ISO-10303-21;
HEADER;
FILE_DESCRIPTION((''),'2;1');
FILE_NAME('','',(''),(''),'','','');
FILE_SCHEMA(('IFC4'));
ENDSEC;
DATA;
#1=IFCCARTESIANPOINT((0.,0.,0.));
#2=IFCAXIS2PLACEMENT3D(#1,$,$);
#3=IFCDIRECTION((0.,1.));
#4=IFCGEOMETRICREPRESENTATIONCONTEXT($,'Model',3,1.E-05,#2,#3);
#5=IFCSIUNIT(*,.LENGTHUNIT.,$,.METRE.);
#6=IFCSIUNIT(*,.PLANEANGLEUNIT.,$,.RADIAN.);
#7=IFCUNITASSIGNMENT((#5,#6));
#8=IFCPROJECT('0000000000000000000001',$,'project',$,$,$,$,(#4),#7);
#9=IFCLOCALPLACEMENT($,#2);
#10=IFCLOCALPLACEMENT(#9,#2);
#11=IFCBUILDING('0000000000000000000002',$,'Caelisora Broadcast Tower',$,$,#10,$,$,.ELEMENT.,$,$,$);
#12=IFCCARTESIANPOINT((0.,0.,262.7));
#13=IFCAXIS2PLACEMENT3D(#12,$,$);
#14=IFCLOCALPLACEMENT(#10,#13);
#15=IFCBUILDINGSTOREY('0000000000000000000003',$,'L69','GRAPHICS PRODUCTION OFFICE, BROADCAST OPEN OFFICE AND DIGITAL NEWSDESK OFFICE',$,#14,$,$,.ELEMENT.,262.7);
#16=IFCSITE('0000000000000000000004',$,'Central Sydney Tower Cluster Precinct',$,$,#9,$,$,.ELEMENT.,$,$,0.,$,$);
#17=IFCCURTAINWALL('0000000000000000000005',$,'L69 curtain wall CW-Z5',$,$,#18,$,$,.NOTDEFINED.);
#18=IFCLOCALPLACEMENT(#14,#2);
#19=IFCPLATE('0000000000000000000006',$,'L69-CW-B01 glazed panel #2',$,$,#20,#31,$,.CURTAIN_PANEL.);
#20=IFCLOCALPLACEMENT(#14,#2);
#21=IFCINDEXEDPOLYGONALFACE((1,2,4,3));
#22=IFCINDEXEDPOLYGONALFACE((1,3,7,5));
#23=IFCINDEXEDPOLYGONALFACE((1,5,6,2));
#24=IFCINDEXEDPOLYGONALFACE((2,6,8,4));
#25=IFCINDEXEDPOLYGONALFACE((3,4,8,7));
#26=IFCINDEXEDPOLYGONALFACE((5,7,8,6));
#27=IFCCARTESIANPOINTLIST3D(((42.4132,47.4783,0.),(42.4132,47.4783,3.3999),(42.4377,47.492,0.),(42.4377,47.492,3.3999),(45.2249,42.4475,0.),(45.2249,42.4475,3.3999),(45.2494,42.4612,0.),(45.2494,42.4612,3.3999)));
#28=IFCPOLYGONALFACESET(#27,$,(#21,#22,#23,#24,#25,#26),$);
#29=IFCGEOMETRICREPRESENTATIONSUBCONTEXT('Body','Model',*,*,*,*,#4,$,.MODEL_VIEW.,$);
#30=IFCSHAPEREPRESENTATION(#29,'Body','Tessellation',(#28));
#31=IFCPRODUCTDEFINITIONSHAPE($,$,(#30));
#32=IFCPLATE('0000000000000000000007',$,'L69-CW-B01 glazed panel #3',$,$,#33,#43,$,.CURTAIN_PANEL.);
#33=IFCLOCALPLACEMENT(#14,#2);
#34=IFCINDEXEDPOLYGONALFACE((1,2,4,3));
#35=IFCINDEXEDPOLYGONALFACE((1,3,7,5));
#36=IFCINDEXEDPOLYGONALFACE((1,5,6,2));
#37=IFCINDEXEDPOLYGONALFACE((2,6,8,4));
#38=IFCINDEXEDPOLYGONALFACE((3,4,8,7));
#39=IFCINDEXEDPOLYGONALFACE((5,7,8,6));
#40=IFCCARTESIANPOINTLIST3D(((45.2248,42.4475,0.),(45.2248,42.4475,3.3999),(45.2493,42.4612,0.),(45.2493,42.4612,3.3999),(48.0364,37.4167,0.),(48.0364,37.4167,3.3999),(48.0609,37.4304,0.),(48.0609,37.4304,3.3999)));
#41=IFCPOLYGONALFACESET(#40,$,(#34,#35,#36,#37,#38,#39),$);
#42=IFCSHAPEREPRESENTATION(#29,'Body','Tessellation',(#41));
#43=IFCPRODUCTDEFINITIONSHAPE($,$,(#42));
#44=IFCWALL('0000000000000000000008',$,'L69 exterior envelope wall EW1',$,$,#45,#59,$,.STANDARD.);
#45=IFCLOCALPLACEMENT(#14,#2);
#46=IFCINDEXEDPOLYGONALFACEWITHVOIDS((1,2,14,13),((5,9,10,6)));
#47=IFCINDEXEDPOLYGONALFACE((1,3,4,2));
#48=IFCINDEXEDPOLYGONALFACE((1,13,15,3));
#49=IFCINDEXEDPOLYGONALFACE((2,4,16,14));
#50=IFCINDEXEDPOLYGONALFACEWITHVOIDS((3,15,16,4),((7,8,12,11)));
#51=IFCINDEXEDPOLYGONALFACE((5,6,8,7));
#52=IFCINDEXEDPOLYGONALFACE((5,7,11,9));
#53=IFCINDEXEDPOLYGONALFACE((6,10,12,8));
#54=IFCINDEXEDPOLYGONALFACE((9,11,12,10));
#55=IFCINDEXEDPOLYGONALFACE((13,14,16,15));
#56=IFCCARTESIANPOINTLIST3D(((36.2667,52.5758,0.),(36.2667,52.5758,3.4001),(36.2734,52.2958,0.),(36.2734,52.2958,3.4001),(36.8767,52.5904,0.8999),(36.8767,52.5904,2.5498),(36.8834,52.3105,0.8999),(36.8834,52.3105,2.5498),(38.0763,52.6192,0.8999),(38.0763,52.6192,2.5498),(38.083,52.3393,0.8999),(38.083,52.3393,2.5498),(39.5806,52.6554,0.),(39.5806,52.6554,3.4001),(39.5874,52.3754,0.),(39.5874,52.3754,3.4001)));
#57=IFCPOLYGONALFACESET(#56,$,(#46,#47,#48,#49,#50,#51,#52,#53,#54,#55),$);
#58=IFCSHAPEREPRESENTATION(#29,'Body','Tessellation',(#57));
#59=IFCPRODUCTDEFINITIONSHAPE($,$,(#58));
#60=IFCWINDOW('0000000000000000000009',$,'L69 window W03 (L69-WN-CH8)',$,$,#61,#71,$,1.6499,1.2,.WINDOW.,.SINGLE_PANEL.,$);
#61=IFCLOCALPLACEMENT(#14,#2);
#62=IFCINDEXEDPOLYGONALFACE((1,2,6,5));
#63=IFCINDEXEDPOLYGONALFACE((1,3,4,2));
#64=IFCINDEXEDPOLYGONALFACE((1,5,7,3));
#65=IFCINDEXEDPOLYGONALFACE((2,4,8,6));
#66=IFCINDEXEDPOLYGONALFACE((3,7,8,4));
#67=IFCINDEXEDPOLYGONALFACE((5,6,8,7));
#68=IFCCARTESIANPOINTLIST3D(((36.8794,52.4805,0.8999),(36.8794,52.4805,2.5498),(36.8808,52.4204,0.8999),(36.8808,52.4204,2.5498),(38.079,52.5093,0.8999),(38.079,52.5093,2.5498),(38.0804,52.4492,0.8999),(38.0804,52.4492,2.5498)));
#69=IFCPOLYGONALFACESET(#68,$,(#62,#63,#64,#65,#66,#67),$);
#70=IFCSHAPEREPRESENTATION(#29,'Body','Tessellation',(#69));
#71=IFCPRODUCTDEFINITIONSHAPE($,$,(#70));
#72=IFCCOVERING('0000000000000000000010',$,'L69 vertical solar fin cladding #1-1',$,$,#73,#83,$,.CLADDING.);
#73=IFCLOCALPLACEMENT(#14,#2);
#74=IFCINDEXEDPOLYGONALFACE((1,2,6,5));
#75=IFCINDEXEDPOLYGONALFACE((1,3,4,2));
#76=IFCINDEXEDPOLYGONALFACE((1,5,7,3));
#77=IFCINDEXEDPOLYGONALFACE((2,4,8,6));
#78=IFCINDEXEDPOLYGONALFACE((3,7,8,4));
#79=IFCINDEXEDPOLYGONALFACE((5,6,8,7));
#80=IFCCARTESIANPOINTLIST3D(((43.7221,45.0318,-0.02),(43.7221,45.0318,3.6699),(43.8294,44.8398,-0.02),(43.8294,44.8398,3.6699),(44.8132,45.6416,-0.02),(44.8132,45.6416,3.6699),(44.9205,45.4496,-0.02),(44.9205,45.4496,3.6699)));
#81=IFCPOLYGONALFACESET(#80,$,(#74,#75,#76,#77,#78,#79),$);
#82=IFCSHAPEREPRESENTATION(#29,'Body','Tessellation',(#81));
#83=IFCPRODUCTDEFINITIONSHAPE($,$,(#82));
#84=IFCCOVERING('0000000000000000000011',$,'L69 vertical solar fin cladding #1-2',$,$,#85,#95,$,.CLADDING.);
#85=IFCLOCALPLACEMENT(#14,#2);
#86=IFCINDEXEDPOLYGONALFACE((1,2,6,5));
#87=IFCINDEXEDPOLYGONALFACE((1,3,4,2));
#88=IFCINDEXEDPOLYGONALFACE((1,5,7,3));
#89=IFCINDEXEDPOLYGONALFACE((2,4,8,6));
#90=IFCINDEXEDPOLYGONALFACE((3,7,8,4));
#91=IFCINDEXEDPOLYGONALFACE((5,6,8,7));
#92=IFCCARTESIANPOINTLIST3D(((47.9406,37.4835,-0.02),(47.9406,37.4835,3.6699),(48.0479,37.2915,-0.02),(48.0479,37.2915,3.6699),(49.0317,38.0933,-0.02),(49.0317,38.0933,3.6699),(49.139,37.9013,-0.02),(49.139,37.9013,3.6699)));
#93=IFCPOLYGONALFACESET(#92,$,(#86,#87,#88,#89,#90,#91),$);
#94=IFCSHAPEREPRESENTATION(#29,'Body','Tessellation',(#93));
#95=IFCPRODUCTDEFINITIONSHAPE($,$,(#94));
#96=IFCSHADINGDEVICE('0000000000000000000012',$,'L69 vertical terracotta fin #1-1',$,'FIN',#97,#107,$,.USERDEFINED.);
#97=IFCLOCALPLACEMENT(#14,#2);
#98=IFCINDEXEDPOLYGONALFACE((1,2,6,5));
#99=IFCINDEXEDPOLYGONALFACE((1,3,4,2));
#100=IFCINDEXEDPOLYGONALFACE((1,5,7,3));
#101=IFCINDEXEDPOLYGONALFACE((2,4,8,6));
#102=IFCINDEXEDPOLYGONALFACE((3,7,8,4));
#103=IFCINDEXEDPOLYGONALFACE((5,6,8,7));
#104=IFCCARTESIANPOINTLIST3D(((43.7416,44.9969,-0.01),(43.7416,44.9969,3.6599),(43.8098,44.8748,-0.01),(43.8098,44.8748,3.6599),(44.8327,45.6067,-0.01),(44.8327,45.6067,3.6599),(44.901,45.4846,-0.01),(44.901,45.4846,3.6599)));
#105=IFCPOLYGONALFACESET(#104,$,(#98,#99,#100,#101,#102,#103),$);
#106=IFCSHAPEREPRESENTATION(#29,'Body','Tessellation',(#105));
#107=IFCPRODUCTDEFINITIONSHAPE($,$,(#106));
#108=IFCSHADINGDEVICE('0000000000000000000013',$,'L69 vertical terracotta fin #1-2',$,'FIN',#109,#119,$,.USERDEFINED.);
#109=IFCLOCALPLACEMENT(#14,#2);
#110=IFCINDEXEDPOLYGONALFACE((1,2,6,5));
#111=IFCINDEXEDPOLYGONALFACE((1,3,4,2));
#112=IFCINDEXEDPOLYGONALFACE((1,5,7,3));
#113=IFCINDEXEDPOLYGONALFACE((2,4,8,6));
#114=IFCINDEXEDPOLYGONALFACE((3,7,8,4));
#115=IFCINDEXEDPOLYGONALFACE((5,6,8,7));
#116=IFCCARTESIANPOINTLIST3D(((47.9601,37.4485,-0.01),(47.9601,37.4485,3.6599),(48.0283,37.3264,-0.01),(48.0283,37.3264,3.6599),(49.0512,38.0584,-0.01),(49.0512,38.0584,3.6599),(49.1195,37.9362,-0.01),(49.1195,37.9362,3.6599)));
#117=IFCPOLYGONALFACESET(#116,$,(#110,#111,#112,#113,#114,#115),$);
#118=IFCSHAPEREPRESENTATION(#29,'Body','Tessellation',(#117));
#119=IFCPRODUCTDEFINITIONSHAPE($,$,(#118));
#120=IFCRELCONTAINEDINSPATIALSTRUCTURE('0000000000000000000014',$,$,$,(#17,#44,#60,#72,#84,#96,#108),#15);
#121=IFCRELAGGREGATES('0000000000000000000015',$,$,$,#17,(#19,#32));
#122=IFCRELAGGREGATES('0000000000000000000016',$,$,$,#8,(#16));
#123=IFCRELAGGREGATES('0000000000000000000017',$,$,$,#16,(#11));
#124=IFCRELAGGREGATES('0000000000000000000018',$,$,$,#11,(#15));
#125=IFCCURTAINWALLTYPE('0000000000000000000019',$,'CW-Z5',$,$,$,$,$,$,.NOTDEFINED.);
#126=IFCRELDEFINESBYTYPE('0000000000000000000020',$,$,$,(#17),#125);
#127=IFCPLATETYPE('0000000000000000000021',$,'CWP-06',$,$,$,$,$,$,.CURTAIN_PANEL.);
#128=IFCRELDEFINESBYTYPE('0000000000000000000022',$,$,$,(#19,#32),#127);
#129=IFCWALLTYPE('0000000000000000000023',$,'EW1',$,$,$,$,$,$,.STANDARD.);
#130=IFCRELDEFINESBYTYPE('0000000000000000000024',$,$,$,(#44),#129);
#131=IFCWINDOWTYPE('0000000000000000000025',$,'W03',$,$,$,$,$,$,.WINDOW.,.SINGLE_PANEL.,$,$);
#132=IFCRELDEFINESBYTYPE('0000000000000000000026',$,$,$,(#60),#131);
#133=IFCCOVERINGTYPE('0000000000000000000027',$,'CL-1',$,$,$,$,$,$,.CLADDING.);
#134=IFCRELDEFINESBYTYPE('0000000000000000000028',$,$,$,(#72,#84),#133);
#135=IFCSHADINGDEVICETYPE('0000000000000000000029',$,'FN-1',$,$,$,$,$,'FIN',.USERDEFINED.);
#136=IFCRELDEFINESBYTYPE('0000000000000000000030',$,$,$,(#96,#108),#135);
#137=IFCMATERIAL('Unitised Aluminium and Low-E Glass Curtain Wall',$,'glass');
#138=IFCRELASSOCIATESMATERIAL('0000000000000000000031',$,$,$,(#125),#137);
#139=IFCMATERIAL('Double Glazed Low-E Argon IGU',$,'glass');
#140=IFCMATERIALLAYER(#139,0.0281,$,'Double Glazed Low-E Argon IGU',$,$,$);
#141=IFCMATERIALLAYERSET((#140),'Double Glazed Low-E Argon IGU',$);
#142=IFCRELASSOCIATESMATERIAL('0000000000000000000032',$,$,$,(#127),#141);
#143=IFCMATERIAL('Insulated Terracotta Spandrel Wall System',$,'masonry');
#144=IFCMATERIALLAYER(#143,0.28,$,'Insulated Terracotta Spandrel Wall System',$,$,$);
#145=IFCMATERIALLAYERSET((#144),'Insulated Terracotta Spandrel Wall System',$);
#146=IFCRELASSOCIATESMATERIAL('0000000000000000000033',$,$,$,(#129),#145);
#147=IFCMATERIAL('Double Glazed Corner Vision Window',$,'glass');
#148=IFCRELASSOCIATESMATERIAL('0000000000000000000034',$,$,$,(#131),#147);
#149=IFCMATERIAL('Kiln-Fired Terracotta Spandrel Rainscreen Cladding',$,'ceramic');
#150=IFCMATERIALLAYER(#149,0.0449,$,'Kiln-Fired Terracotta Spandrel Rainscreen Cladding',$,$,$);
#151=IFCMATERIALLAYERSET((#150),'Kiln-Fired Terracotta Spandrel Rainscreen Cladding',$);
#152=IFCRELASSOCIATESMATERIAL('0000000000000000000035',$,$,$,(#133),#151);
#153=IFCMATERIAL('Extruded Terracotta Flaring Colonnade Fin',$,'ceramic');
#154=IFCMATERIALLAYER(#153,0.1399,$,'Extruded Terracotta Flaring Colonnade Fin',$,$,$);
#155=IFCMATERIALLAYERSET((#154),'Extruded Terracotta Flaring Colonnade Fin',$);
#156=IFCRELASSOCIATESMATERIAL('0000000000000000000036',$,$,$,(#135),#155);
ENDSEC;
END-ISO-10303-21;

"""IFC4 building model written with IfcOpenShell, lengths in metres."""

from ifc_helpers import new_model, si_unit, direction, frame, frame_2d, origin, origin_2d, place, context, subcontext, project, spatial, rectangle, extrude, source, transform, mapped, material, layer, layer_set, type_object, type_shapes, element, fill, aggregate, save


model = new_model("IFC4")

# Units and contexts
model_context = context("Model", 3, precision=1e-05, world=origin(), true_north=direction((0.0, 1.0)))
body_context = subcontext(model_context, "Body", "Model", "MODEL_VIEW")
ifc_project = project(units=[si_unit("LENGTHUNIT", "METRE"), si_unit("PLANEANGLEUNIT", "RADIAN")], contexts=[model_context])

# Site, building, storey
site_placement = place(None, origin())
site = spatial("IfcSite", under=ifc_project, at=site_placement, Name="Central Sydney Tower Cluster Precinct", CompositionType="ELEMENT", RefElevation=0.0)
building_placement = place(site_placement, origin())
building = spatial("IfcBuilding", under=site, at=building_placement, Name="Caelisora Broadcast Tower", CompositionType="ELEMENT")
storey_placement = place(building_placement, frame((0.0, 0.0, 262.7)))
storey = spatial("IfcBuildingStorey", under=building, at=storey_placement, Name="L69", Description="GRAPHICS PRODUCTION OFFICE, BROADCAST OPEN OFFICE AND DIGITAL NEWSDESK OFFICE", CompositionType="ELEMENT", Elevation=262.7)

# Curtain wall
ifc_material_1 = material(Name="Unitised Aluminium and Low-E Glass Curtain Wall", Category="glass")
curtain_wall_type_1 = type_object("IfcCurtainWallType", Name="CW-Z5", PredefinedType="NOTDEFINED", material=ifc_material_1)
curtain_wall_1_placement = place(storey_placement, origin())
curtain_wall_1 = element("IfcCurtainWall", 1, at=curtain_wall_1_placement, inside=storey, type_object=curtain_wall_type_1, Name="L69 curtain wall CW-Z5", PredefinedType="NOTDEFINED")

# Plates
ifc_material_2 = material(Name="Double Glazed Low-E Argon IGU", Category="glass")
ifc_layer_1 = layer(ifc_material_2, 0.0281, Name="Double Glazed Low-E Argon IGU")
ifc_layer_set_1 = layer_set([ifc_layer_1], Name="Double Glazed Low-E Argon IGU")
plate_type_1 = type_object("IfcPlateType", Name="CWP-06", PredefinedType="CURTAIN_PANEL", material=ifc_layer_set_1)
shared_shape_1 = source(origin(), body_context, "Body", "SweptSolid", [
    extrude(rectangle(XDim=5.7632, YDim=0.0281, at=origin_2d()), origin(), (0.0, 0.0, 1.0), 3.3999),
])
type_shapes(plate_type_1, [shared_shape_1])
plate_1_placement = place(storey_placement, frame((43.8313, 44.9697, 0.0), z_axis=(0.0, 0.0, 1.0), x_axis=(0.48786, -0.872922, 0.0)))
plate_1 = element("IfcPlate", 2, at=plate_1_placement, type_object=plate_type_1, Name="L69-CW-B01 glazed panel #2", PredefinedType="CURTAIN_PANEL", context=body_context, shape_type="MappedRepresentation", body=[
    mapped(shared_shape_1, transform((0.0, 0.0, 0.0), scale=1.0)),
])
plate_2_placement = place(storey_placement, frame((46.6428, 39.939, 0.0), z_axis=(0.0, 0.0, 1.0), x_axis=(0.48786, -0.872922, 0.0)))
plate_2 = element("IfcPlate", 3, at=plate_2_placement, type_object=plate_type_1, Name="L69-CW-B01 glazed panel #3", PredefinedType="CURTAIN_PANEL", context=body_context, shape_type="MappedRepresentation", body=[
    mapped(shared_shape_1, transform((0.0, 0.0, 0.0), scale=1.0)),
])
aggregate(curtain_wall_1, [plate_1, plate_2])

# Wall, opening, window
ifc_material_3 = material(Name="Insulated Terracotta Spandrel Wall System", Category="masonry")
ifc_layer_2 = layer(ifc_material_3, 0.28, Name="Insulated Terracotta Spandrel Wall System")
ifc_layer_set_2 = layer_set([ifc_layer_2], Name="Insulated Terracotta Spandrel Wall System")
wall_type = type_object("IfcWallType", Name="EW1", PredefinedType="STANDARD", material=ifc_layer_set_2)
wall_placement = place(storey_placement, frame((36.27, 52.4358, 0.0), z_axis=(0.0, 0.0, 1.0), x_axis=(0.999712, 0.02401, 0.0)))
wall = element("IfcWall", 4, at=wall_placement, inside=storey, type_object=wall_type, Name="L69 exterior envelope wall EW1", PredefinedType="STANDARD", context=body_context, shape_type="SweptSolid", body=[
    extrude(rectangle(XDim=3.3149, YDim=0.28, at=frame_2d((1.6575, 0.0))), origin(), (0.0, 0.0, 1.0), 3.4001),
])
opening_placement = place(wall_placement, frame((0.6101, 0.0, 0.8999)))
opening = element("IfcOpeningElement", 5, at=opening_placement, cuts=wall, PredefinedType="OPENING", context=body_context, shape_type="SweptSolid", body=[
    extrude(rectangle(XDim=1.2, YDim=1.6499, at=frame_2d((0.6001, 0.825))), frame((0.0, 0.1521, 0.0), z_axis=(0.0, -1.0, 0.0), x_axis=(1.0, 0.0, 0.0)), (0.0, 0.0, 1.0), 0.304),
])
ifc_material_4 = material(Name="Double Glazed Corner Vision Window", Category="glass")
window_type = type_object("IfcWindowType", Name="W03", PartitioningType="SINGLE_PANEL", PredefinedType="WINDOW", material=ifc_material_4)
window_placement = place(opening_placement, origin())
window = element("IfcWindow", 6, at=window_placement, inside=storey, type_object=window_type, Name="L69 window W03 (L69-WN-CH8)", OverallHeight=1.6499, OverallWidth=1.2, PartitioningType="SINGLE_PANEL", PredefinedType="WINDOW", context=body_context, shape_type="SweptSolid", body=[
    extrude(rectangle(XDim=1.2, YDim=1.6499, at=frame_2d((0.6001, 0.825))), frame((0.0, 0.03, 0.0), z_axis=(0.0, -1.0, 0.0), x_axis=(1.0, 0.0, 0.0)), (0.0, 0.0, 1.0), 0.0601),
])
fill(opening, window)

# Coverings
ifc_material_5 = material(Name="Kiln-Fired Terracotta Spandrel Rainscreen Cladding", Category="ceramic")
ifc_layer_3 = layer(ifc_material_5, 0.0449, Name="Kiln-Fired Terracotta Spandrel Rainscreen Cladding")
ifc_layer_set_3 = layer_set([ifc_layer_3], Name="Kiln-Fired Terracotta Spandrel Rainscreen Cladding")
covering_type = type_object("IfcCoveringType", Name="CL-1", PredefinedType="CLADDING", material=ifc_layer_set_3)
shared_shape_2 = source(origin(), body_context, "Body", "SweptSolid", [
    extrude(rectangle(XDim=0.22, YDim=1.25, at=origin_2d()), origin(), (0.0, 0.0, 1.0), 3.6899),
])
type_shapes(covering_type, [shared_shape_2])
for number, where, z_axis, x_axis, name in (
    (7, (44.3213, 45.2407, -0.02), (0.0, 0.0, 1.0), (0.48786, -0.872922, 0.0), "L69 vertical solar fin cladding #1-1"),
    (8, (48.5398, 37.6924, -0.02), (0.0, 0.0, 1.0), (0.48786, -0.872922, 0.0), "L69 vertical solar fin cladding #1-2"),
):
    element("IfcCovering", number, at=place(storey_placement, frame(where, z_axis=z_axis, x_axis=x_axis)), inside=storey, type_object=covering_type, Name=name, PredefinedType="CLADDING", context=body_context, shape_type="MappedRepresentation", body=[
        mapped(shared_shape_2, transform((0.0, 0.0, 0.0), scale=1.0)),
    ])

# Shading devices
ifc_material_6 = material(Name="Extruded Terracotta Flaring Colonnade Fin", Category="ceramic")
ifc_layer_4 = layer(ifc_material_6, 0.1399, Name="Extruded Terracotta Flaring Colonnade Fin")
ifc_layer_set_4 = layer_set([ifc_layer_4], Name="Extruded Terracotta Flaring Colonnade Fin")
shading_device_type = type_object("IfcShadingDeviceType", Name="FN-1", ElementType="FIN", PredefinedType="USERDEFINED", material=ifc_layer_set_4)
shared_shape_3 = source(origin(), body_context, "Body", "SweptSolid", [
    extrude(rectangle(XDim=0.1399, YDim=1.25, at=origin_2d()), origin(), (0.0, 0.0, 1.0), 3.6699),
])
type_shapes(shading_device_type, [shared_shape_3])
for number, where, z_axis, x_axis, name in (
    (9, (44.3213, 45.2407, -0.01), (0.0, 0.0, 1.0), (0.48786, -0.872922, 0.0), "L69 vertical terracotta fin #1-1"),
    (10, (48.5398, 37.6924, -0.01), (0.0, 0.0, 1.0), (0.48786, -0.872922, 0.0), "L69 vertical terracotta fin #1-2"),
):
    element("IfcShadingDevice", number, at=place(storey_placement, frame(where, z_axis=z_axis, x_axis=x_axis)), inside=storey, type_object=shading_device_type, Name=name, ObjectType="FIN", PredefinedType="USERDEFINED", context=body_context, shape_type="MappedRepresentation", body=[
        mapped(shared_shape_3, transform((0.0, 0.0, 0.0), scale=1.0)),
    ])

save(model, "model.ifc")
